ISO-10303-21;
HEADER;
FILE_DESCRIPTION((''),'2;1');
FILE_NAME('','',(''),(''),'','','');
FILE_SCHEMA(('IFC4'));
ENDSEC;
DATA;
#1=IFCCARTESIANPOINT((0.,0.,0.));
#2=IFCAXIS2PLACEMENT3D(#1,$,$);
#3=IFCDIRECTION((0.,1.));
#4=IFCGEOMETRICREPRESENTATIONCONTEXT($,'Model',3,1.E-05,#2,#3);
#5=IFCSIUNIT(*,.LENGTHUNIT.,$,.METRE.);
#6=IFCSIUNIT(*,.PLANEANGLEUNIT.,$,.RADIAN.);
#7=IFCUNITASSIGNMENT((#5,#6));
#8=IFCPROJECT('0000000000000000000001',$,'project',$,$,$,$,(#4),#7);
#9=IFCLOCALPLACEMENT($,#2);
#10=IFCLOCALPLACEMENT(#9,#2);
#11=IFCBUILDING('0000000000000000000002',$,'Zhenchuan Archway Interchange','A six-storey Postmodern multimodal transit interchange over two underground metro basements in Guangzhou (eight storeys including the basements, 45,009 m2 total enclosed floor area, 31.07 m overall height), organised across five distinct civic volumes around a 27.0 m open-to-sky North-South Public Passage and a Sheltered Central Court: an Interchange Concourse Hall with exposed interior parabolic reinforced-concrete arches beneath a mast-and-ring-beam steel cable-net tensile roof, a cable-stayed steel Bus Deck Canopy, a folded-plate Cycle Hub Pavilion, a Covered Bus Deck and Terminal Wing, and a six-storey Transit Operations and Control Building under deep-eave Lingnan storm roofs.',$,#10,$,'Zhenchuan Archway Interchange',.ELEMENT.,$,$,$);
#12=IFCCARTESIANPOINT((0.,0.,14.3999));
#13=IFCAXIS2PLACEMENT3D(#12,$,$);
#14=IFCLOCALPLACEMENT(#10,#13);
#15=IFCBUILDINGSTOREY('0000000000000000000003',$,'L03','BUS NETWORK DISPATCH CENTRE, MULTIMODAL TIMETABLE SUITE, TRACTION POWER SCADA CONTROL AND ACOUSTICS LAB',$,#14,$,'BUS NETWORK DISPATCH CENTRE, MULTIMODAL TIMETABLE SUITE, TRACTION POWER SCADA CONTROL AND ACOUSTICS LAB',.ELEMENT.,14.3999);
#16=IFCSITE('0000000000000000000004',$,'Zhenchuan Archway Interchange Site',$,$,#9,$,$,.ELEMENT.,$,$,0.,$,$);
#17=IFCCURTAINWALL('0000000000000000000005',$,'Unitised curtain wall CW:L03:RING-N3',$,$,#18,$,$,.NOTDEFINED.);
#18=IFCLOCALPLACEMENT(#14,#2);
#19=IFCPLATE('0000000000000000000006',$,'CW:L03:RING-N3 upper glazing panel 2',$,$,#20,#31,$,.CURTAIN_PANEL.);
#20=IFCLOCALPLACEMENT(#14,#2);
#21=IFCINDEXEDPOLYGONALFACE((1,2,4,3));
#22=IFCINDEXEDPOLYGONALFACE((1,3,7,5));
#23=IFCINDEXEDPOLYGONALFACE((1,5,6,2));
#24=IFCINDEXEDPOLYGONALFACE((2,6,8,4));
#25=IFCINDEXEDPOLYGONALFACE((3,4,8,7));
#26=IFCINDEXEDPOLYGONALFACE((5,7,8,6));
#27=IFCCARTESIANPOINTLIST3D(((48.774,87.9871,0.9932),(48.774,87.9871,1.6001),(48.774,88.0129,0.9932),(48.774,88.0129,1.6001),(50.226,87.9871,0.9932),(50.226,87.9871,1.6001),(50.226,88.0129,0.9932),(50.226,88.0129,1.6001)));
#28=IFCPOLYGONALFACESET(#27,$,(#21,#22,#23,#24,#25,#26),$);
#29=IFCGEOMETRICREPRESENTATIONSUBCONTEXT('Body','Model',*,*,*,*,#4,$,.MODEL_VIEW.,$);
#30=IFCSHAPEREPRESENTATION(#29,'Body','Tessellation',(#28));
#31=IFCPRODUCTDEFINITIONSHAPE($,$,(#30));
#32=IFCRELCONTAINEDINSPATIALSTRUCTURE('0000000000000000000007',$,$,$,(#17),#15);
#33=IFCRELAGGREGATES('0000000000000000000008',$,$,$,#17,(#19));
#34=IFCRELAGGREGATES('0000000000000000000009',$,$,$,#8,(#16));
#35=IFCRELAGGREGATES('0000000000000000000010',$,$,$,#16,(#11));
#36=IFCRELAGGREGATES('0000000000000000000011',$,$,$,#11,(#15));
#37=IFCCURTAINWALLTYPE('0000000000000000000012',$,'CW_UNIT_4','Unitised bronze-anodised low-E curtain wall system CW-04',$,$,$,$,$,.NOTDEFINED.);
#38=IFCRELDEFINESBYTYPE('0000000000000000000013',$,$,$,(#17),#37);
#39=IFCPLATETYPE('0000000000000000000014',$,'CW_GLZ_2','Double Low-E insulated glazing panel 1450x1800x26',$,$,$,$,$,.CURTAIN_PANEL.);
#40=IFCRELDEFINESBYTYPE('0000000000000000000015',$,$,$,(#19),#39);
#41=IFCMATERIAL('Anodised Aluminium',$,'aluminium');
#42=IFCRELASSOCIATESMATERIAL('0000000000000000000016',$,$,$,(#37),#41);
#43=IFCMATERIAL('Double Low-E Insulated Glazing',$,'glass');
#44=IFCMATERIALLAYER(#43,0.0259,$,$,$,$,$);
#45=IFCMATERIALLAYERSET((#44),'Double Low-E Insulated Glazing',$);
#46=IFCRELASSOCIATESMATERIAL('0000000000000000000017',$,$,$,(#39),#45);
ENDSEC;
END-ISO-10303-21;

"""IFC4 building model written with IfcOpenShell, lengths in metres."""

from ifc_helpers import new_model, si_unit, direction, frame, origin, origin_2d, place, context, subcontext, project, spatial, rectangle, extrude, material, layer, layer_set, type_object, element, aggregate, save


model = new_model("IFC4")

# Units and contexts
model_context = context("Model", 3, precision=1e-05, world=origin(), true_north=direction((0.0, 1.0)))
body_context = subcontext(model_context, "Body", "Model", "MODEL_VIEW")
ifc_project = project(units=[si_unit("LENGTHUNIT", "METRE"), si_unit("PLANEANGLEUNIT", "RADIAN")], contexts=[model_context])

# Site, building, storey
site_placement = place(None, origin())
site = spatial("IfcSite", under=ifc_project, at=site_placement, Name="Zhenchuan Archway Interchange Site", CompositionType="ELEMENT", RefElevation=0.0)
building_placement = place(site_placement, origin())
building = spatial("IfcBuilding", under=site, at=building_placement, Name="Zhenchuan Archway Interchange", Description="A six-storey Postmodern multimodal transit interchange over two underground metro basements in Guangzhou (eight storeys including the basements, 45,009 m2 total enclosed floor area, 31.07 m overall height), organised across five distinct civic volumes around a 27.0 m open-to-sky North-South Public Passage and a Sheltered Central Court: an Interchange Concourse Hall with exposed interior parabolic reinforced-concrete arches beneath a mast-and-ring-beam steel cable-net tensile roof, a cable-stayed steel Bus Deck Canopy, a folded-plate Cycle Hub Pavilion, a Covered Bus Deck and Terminal Wing, and a six-storey Transit Operations and Control Building under deep-eave Lingnan storm roofs.", LongName="Zhenchuan Archway Interchange", CompositionType="ELEMENT")
storey_placement = place(building_placement, frame((0.0, 0.0, 14.3999)))
storey = spatial("IfcBuildingStorey", under=building, at=storey_placement, Name="L03", Description="BUS NETWORK DISPATCH CENTRE, MULTIMODAL TIMETABLE SUITE, TRACTION POWER SCADA CONTROL AND ACOUSTICS LAB", LongName="BUS NETWORK DISPATCH CENTRE, MULTIMODAL TIMETABLE SUITE, TRACTION POWER SCADA CONTROL AND ACOUSTICS LAB", CompositionType="ELEMENT", Elevation=14.3999)

# Curtain wall
ifc_material_1 = material(Name="Anodised Aluminium", Category="aluminium")
curtain_wall_type = type_object("IfcCurtainWallType", Name="CW_UNIT_4", Description="Unitised bronze-anodised low-E curtain wall system CW-04", PredefinedType="NOTDEFINED", material=ifc_material_1)
curtain_wall_1_placement = place(storey_placement, origin())
curtain_wall_1 = element("IfcCurtainWall", 1, at=curtain_wall_1_placement, inside=storey, type_object=curtain_wall_type, Name="Unitised curtain wall CW:L03:RING-N3", PredefinedType="NOTDEFINED")

# Plate
ifc_material_2 = material(Name="Double Low-E Insulated Glazing", Category="glass")
ifc_layer_1 = layer(ifc_material_2, 0.0259)
ifc_layer_set_1 = layer_set([ifc_layer_1], Name="Double Low-E Insulated Glazing")
plate_type_1 = type_object("IfcPlateType", Name="CW_GLZ_2", Description="Double Low-E insulated glazing panel 1450x1800x26", PredefinedType="CURTAIN_PANEL", material=ifc_layer_set_1)
plate_1_placement = place(storey_placement, frame((49.5, 88.0, 0.9932), z_axis=(0.0, 0.0, 1.0), x_axis=(1.0, 0.0, 0.0)))
plate_1 = element("IfcPlate", 2, at=plate_1_placement, type_object=plate_type_1, Name="CW:L03:RING-N3 upper glazing panel 2", PredefinedType="CURTAIN_PANEL", context=body_context, shape_type="SweptSolid", body=[
    extrude(rectangle(XDim=1.4519, YDim=0.0259, at=origin_2d()), origin(), (0.0, 0.0, 1.0), 0.6069),
])
aggregate(curtain_wall_1, [plate_1])

save(model, "model.ifc")
